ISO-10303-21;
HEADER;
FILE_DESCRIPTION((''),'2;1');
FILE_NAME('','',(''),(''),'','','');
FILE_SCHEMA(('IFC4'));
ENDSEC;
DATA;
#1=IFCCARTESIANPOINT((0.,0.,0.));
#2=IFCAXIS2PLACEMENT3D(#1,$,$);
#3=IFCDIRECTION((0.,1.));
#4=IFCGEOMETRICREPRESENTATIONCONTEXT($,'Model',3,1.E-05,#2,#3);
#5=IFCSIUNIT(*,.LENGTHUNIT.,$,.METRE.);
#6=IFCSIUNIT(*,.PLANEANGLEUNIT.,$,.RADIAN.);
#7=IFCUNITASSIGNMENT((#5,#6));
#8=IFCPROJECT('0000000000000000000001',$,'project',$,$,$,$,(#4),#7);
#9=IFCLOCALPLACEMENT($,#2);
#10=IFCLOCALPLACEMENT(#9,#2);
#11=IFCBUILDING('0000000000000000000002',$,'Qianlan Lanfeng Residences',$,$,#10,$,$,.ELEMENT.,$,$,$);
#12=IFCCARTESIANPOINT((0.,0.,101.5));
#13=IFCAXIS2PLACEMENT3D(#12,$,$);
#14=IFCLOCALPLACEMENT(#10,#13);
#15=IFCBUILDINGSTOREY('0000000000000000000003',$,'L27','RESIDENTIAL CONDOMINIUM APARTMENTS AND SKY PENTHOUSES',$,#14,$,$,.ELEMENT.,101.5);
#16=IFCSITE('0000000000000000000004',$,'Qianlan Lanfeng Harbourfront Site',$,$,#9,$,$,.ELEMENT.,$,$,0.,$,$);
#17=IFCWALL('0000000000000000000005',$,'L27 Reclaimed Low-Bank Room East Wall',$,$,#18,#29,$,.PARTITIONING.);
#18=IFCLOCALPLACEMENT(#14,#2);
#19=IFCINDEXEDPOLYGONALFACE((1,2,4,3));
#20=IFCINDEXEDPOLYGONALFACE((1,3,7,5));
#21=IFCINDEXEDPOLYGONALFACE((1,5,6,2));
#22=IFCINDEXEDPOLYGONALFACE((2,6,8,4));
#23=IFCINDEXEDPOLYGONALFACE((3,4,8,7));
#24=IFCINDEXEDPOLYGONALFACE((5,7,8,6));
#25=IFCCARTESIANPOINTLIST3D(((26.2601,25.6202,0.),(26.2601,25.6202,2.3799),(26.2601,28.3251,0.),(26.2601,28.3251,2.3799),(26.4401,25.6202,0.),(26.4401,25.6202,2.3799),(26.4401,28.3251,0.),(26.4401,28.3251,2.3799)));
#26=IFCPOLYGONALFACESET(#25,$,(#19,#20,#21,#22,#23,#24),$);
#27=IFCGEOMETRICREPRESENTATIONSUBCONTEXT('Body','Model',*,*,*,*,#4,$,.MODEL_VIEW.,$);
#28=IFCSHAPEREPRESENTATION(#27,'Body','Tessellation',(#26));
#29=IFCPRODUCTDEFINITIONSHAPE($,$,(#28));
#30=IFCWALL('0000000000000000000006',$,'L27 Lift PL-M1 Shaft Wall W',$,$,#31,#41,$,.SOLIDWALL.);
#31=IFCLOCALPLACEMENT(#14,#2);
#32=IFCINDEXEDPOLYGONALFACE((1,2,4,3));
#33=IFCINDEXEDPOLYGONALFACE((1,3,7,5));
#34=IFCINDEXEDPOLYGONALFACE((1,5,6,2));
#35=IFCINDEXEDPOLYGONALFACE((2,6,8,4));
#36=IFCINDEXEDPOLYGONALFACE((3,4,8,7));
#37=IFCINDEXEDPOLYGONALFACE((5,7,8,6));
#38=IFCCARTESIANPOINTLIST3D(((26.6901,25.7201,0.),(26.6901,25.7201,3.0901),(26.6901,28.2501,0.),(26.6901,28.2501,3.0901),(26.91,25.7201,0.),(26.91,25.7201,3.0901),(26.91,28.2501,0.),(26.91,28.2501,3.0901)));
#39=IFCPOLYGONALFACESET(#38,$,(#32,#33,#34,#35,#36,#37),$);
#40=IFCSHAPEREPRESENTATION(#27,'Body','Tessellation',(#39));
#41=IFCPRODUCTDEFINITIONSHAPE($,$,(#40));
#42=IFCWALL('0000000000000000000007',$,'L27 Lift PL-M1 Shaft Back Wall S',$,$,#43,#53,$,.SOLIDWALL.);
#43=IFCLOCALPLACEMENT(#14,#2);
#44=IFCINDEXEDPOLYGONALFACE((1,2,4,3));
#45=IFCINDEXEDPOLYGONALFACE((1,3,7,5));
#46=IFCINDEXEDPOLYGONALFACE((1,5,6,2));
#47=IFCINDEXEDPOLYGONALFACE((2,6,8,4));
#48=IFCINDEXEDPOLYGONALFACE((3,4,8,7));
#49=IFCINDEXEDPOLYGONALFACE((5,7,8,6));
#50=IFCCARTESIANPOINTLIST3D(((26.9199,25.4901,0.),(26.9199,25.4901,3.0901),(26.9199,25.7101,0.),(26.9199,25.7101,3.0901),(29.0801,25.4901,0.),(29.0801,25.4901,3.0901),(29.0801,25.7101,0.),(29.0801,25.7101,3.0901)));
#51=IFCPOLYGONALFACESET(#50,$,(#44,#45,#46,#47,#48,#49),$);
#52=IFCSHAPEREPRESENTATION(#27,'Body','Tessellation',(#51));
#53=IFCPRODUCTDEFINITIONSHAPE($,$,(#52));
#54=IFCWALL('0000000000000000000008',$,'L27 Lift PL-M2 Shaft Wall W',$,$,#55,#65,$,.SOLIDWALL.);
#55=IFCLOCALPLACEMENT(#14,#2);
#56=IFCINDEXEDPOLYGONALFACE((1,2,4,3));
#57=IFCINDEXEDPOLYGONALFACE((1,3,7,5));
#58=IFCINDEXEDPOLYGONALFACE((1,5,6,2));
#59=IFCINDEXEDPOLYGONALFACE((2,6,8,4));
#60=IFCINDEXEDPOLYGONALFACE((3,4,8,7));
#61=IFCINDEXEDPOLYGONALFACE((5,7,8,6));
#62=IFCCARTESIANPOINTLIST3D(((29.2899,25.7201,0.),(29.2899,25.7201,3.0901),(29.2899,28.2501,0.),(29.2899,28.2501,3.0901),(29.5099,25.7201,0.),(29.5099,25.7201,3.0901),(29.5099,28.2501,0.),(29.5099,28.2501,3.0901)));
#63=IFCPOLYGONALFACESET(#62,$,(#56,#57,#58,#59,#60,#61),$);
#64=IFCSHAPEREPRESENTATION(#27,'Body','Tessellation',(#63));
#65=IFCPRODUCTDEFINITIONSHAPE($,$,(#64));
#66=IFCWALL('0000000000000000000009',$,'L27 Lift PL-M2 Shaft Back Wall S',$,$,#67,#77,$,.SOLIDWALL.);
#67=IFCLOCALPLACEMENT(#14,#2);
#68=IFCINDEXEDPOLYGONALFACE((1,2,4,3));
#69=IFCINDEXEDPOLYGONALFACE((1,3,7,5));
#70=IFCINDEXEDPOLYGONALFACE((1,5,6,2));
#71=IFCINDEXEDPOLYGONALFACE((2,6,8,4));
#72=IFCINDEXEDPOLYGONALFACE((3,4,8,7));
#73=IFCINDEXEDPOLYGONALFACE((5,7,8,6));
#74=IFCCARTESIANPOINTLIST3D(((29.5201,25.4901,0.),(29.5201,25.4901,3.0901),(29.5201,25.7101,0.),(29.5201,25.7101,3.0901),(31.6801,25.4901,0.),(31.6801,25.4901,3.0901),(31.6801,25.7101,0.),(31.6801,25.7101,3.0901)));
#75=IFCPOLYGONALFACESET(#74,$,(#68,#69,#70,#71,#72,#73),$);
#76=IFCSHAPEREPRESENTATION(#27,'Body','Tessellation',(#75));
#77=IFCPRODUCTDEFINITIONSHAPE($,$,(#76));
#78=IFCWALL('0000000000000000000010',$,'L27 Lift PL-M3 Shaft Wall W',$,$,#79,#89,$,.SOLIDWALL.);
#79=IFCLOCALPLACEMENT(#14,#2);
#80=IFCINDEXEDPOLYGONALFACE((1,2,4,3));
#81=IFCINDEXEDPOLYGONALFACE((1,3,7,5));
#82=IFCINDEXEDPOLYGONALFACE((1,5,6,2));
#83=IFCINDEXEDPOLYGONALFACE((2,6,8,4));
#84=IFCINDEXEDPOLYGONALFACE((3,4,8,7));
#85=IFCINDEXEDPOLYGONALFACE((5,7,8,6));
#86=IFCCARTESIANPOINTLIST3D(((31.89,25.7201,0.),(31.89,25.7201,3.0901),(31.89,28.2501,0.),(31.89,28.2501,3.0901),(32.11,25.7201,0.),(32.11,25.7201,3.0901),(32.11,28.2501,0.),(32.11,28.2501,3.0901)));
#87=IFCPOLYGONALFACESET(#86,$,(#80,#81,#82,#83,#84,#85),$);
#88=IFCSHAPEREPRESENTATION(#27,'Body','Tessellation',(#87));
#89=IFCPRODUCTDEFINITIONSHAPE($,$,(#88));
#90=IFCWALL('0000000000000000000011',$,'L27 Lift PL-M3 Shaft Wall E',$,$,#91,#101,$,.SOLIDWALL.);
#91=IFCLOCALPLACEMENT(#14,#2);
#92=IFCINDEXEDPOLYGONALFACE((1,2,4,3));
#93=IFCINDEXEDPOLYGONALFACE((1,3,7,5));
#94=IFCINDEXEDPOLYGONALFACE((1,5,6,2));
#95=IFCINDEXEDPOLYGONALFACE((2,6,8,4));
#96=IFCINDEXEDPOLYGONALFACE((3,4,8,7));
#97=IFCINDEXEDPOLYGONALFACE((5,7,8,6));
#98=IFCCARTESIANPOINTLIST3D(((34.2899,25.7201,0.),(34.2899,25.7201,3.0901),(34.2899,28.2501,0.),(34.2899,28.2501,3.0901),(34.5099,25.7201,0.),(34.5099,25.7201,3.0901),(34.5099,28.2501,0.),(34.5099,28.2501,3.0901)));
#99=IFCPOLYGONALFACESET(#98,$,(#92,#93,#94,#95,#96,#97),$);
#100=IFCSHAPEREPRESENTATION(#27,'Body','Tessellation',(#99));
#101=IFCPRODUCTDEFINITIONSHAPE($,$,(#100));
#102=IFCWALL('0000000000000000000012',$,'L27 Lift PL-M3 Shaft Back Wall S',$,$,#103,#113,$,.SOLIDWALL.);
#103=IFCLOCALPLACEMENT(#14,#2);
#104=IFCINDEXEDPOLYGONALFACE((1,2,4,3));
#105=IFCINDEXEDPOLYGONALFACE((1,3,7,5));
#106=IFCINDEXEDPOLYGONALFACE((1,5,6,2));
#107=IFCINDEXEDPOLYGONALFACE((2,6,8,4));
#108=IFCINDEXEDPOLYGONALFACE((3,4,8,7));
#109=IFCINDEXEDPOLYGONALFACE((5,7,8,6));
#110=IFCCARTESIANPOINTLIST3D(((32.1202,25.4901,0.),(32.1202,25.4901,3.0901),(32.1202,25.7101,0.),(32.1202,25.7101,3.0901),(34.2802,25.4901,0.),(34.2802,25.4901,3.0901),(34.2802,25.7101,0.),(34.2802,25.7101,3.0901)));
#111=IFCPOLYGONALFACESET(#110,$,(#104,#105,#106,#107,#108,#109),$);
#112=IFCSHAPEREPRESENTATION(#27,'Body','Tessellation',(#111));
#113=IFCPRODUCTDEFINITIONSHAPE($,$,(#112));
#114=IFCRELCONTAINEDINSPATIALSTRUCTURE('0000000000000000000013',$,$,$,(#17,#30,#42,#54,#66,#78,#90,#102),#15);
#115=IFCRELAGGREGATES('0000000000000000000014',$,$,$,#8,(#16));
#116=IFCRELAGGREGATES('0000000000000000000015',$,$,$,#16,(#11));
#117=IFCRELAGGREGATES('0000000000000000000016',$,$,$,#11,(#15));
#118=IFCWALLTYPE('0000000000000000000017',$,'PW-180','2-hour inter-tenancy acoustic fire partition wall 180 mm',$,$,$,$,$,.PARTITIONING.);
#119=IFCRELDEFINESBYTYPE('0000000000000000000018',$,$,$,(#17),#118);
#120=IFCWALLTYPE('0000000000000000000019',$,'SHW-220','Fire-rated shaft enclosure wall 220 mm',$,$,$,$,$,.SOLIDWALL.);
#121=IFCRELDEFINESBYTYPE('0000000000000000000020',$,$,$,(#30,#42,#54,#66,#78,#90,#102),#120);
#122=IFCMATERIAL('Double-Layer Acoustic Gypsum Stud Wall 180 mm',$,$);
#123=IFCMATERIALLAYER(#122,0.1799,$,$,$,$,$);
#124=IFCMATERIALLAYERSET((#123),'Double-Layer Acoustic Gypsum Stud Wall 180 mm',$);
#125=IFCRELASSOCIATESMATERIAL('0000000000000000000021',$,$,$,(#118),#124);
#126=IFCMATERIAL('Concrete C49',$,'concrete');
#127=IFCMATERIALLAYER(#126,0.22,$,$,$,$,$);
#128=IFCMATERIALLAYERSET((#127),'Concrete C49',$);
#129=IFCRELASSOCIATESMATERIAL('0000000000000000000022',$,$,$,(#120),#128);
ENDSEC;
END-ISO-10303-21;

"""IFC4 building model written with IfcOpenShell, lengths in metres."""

from ifc_helpers import new_model, si_unit, direction, frame, frame_2d, origin, place, context, subcontext, project, spatial, rectangle, extrude, material, layer, layer_set, type_object, element, save


model = new_model("IFC4")

# Units and contexts
model_context = context("Model", 3, precision=1e-05, world=origin(), true_north=direction((0.0, 1.0)))
body_context = subcontext(model_context, "Body", "Model", "MODEL_VIEW")
ifc_project = project(units=[si_unit("LENGTHUNIT", "METRE"), si_unit("PLANEANGLEUNIT", "RADIAN")], contexts=[model_context])

# Site, building, storey
site_placement = place(None, origin())
site = spatial("IfcSite", under=ifc_project, at=site_placement, Name="Qianlan Lanfeng Harbourfront Site", CompositionType="ELEMENT", RefElevation=0.0)
building_placement = place(site_placement, origin())
building = spatial("IfcBuilding", under=site, at=building_placement, Name="Qianlan Lanfeng Residences", CompositionType="ELEMENT")
storey_placement = place(building_placement, frame((0.0, 0.0, 101.5)))
storey = spatial("IfcBuildingStorey", under=building, at=storey_placement, Name="L27", Description="RESIDENTIAL CONDOMINIUM APARTMENTS AND SKY PENTHOUSES", CompositionType="ELEMENT", Elevation=101.5)

# Shared definitions
ifc_material_1 = material(Name="Double-Layer Acoustic Gypsum Stud Wall 180 mm")
ifc_layer_1 = layer(ifc_material_1, 0.1799)
ifc_layer_set_1 = layer_set([ifc_layer_1], Name="Double-Layer Acoustic Gypsum Stud Wall 180 mm")
wall_type_1 = type_object("IfcWallType", Name="PW-180", Description="2-hour inter-tenancy acoustic fire partition wall 180 mm", PredefinedType="PARTITIONING", material=ifc_layer_set_1)

# Walls
wall_1_placement = place(storey_placement, frame((26.3501, 25.6201, 0.0), z_axis=(0.0, 0.0, 1.0), x_axis=(0.0, 1.0, 0.0)))
element("IfcWall", 1, at=wall_1_placement, inside=storey, type_object=wall_type_1, Name="L27 Reclaimed Low-Bank Room East Wall", PredefinedType="PARTITIONING", context=body_context, shape_type="SweptSolid", body=[
    extrude(rectangle(XDim=2.7048, YDim=0.1799, at=frame_2d((1.3525, 0.0))), origin(), (0.0, 0.0, 1.0), 2.3799),
])
ifc_material_2 = material(Name="Concrete C49", Category="concrete")
ifc_layer_2 = layer(ifc_material_2, 0.22)
ifc_layer_set_2 = layer_set([ifc_layer_2], Name="Concrete C49")
wall_type_2 = type_object("IfcWallType", Name="SHW-220", Description="Fire-rated shaft enclosure wall 220 mm", PredefinedType="SOLIDWALL", material=ifc_layer_set_2)
wall_2_placement = place(storey_placement, frame((26.8, 25.72, 0.0), z_axis=(0.0, 0.0, 1.0), x_axis=(0.0, 1.0, 0.0)))
element("IfcWall", 2, at=wall_2_placement, inside=storey, type_object=wall_type_2, Name="L27 Lift PL-M1 Shaft Wall W", PredefinedType="SOLIDWALL", context=body_context, shape_type="SweptSolid", body=[
    extrude(rectangle(XDim=2.53, YDim=0.22, at=frame_2d((1.2651, 0.0))), origin(), (0.0, 0.0, 1.0), 3.0901),
])
wall_3_placement = place(storey_placement, frame((26.9199, 25.6001, 0.0), z_axis=(0.0, 0.0, 1.0), x_axis=(1.0, 0.0, 0.0)))
element("IfcWall", 3, at=wall_3_placement, inside=storey, type_object=wall_type_2, Name="L27 Lift PL-M1 Shaft Back Wall S", PredefinedType="SOLIDWALL", context=body_context, shape_type="SweptSolid", body=[
    extrude(rectangle(XDim=2.1602, YDim=0.22, at=frame_2d((1.0801, 0.0))), origin(), (0.0, 0.0, 1.0), 3.0901),
])
wall_4_placement = place(storey_placement, frame((29.3999, 25.72, 0.0), z_axis=(0.0, 0.0, 1.0), x_axis=(0.0, 1.0, 0.0)))
element("IfcWall", 4, at=wall_4_placement, inside=storey, type_object=wall_type_2, Name="L27 Lift PL-M2 Shaft Wall W", PredefinedType="SOLIDWALL", context=body_context, shape_type="SweptSolid", body=[
    extrude(rectangle(XDim=2.53, YDim=0.22, at=frame_2d((1.2651, 0.0))), origin(), (0.0, 0.0, 1.0), 3.0901),
])
wall_5_placement = place(storey_placement, frame((29.52, 25.6001, 0.0), z_axis=(0.0, 0.0, 1.0), x_axis=(1.0, 0.0, 0.0)))
element("IfcWall", 5, at=wall_5_placement, inside=storey, type_object=wall_type_2, Name="L27 Lift PL-M2 Shaft Back Wall S", PredefinedType="SOLIDWALL", context=body_context, shape_type="SweptSolid", body=[
    extrude(rectangle(XDim=2.1599, YDim=0.22, at=frame_2d((1.0801, 0.0))), origin(), (0.0, 0.0, 1.0), 3.0901),
])
for number, where, z_axis, x_axis, name in (
    (6, (32.0, 25.72, 0.0), (0.0, 0.0, 1.0), (0.0, 1.0, 0.0), "L27 Lift PL-M3 Shaft Wall W"),
    (7, (34.3999, 25.72, 0.0), (0.0, 0.0, 1.0), (0.0, 1.0, 0.0), "L27 Lift PL-M3 Shaft Wall E"),
):
    element("IfcWall", number, at=place(storey_placement, frame(where, z_axis=z_axis, x_axis=x_axis)), inside=storey, type_object=wall_type_2, Name=name, PredefinedType="SOLIDWALL", context=body_context, shape_type="SweptSolid", body=[
        extrude(rectangle(XDim=2.53, YDim=0.22, at=frame_2d((1.2651, 0.0))), origin(), (0.0, 0.0, 1.0), 3.0901),
    ])
wall_6_placement = place(storey_placement, frame((32.1201, 25.6001, 0.0), z_axis=(0.0, 0.0, 1.0), x_axis=(1.0, 0.0, 0.0)))
element("IfcWall", 8, at=wall_6_placement, inside=storey, type_object=wall_type_2, Name="L27 Lift PL-M3 Shaft Back Wall S", PredefinedType="SOLIDWALL", context=body_context, shape_type="SweptSolid", body=[
    extrude(rectangle(XDim=2.1599, YDim=0.22, at=frame_2d((1.0801, 0.0))), origin(), (0.0, 0.0, 1.0), 3.0901),
])

save(model, "model.ifc")
